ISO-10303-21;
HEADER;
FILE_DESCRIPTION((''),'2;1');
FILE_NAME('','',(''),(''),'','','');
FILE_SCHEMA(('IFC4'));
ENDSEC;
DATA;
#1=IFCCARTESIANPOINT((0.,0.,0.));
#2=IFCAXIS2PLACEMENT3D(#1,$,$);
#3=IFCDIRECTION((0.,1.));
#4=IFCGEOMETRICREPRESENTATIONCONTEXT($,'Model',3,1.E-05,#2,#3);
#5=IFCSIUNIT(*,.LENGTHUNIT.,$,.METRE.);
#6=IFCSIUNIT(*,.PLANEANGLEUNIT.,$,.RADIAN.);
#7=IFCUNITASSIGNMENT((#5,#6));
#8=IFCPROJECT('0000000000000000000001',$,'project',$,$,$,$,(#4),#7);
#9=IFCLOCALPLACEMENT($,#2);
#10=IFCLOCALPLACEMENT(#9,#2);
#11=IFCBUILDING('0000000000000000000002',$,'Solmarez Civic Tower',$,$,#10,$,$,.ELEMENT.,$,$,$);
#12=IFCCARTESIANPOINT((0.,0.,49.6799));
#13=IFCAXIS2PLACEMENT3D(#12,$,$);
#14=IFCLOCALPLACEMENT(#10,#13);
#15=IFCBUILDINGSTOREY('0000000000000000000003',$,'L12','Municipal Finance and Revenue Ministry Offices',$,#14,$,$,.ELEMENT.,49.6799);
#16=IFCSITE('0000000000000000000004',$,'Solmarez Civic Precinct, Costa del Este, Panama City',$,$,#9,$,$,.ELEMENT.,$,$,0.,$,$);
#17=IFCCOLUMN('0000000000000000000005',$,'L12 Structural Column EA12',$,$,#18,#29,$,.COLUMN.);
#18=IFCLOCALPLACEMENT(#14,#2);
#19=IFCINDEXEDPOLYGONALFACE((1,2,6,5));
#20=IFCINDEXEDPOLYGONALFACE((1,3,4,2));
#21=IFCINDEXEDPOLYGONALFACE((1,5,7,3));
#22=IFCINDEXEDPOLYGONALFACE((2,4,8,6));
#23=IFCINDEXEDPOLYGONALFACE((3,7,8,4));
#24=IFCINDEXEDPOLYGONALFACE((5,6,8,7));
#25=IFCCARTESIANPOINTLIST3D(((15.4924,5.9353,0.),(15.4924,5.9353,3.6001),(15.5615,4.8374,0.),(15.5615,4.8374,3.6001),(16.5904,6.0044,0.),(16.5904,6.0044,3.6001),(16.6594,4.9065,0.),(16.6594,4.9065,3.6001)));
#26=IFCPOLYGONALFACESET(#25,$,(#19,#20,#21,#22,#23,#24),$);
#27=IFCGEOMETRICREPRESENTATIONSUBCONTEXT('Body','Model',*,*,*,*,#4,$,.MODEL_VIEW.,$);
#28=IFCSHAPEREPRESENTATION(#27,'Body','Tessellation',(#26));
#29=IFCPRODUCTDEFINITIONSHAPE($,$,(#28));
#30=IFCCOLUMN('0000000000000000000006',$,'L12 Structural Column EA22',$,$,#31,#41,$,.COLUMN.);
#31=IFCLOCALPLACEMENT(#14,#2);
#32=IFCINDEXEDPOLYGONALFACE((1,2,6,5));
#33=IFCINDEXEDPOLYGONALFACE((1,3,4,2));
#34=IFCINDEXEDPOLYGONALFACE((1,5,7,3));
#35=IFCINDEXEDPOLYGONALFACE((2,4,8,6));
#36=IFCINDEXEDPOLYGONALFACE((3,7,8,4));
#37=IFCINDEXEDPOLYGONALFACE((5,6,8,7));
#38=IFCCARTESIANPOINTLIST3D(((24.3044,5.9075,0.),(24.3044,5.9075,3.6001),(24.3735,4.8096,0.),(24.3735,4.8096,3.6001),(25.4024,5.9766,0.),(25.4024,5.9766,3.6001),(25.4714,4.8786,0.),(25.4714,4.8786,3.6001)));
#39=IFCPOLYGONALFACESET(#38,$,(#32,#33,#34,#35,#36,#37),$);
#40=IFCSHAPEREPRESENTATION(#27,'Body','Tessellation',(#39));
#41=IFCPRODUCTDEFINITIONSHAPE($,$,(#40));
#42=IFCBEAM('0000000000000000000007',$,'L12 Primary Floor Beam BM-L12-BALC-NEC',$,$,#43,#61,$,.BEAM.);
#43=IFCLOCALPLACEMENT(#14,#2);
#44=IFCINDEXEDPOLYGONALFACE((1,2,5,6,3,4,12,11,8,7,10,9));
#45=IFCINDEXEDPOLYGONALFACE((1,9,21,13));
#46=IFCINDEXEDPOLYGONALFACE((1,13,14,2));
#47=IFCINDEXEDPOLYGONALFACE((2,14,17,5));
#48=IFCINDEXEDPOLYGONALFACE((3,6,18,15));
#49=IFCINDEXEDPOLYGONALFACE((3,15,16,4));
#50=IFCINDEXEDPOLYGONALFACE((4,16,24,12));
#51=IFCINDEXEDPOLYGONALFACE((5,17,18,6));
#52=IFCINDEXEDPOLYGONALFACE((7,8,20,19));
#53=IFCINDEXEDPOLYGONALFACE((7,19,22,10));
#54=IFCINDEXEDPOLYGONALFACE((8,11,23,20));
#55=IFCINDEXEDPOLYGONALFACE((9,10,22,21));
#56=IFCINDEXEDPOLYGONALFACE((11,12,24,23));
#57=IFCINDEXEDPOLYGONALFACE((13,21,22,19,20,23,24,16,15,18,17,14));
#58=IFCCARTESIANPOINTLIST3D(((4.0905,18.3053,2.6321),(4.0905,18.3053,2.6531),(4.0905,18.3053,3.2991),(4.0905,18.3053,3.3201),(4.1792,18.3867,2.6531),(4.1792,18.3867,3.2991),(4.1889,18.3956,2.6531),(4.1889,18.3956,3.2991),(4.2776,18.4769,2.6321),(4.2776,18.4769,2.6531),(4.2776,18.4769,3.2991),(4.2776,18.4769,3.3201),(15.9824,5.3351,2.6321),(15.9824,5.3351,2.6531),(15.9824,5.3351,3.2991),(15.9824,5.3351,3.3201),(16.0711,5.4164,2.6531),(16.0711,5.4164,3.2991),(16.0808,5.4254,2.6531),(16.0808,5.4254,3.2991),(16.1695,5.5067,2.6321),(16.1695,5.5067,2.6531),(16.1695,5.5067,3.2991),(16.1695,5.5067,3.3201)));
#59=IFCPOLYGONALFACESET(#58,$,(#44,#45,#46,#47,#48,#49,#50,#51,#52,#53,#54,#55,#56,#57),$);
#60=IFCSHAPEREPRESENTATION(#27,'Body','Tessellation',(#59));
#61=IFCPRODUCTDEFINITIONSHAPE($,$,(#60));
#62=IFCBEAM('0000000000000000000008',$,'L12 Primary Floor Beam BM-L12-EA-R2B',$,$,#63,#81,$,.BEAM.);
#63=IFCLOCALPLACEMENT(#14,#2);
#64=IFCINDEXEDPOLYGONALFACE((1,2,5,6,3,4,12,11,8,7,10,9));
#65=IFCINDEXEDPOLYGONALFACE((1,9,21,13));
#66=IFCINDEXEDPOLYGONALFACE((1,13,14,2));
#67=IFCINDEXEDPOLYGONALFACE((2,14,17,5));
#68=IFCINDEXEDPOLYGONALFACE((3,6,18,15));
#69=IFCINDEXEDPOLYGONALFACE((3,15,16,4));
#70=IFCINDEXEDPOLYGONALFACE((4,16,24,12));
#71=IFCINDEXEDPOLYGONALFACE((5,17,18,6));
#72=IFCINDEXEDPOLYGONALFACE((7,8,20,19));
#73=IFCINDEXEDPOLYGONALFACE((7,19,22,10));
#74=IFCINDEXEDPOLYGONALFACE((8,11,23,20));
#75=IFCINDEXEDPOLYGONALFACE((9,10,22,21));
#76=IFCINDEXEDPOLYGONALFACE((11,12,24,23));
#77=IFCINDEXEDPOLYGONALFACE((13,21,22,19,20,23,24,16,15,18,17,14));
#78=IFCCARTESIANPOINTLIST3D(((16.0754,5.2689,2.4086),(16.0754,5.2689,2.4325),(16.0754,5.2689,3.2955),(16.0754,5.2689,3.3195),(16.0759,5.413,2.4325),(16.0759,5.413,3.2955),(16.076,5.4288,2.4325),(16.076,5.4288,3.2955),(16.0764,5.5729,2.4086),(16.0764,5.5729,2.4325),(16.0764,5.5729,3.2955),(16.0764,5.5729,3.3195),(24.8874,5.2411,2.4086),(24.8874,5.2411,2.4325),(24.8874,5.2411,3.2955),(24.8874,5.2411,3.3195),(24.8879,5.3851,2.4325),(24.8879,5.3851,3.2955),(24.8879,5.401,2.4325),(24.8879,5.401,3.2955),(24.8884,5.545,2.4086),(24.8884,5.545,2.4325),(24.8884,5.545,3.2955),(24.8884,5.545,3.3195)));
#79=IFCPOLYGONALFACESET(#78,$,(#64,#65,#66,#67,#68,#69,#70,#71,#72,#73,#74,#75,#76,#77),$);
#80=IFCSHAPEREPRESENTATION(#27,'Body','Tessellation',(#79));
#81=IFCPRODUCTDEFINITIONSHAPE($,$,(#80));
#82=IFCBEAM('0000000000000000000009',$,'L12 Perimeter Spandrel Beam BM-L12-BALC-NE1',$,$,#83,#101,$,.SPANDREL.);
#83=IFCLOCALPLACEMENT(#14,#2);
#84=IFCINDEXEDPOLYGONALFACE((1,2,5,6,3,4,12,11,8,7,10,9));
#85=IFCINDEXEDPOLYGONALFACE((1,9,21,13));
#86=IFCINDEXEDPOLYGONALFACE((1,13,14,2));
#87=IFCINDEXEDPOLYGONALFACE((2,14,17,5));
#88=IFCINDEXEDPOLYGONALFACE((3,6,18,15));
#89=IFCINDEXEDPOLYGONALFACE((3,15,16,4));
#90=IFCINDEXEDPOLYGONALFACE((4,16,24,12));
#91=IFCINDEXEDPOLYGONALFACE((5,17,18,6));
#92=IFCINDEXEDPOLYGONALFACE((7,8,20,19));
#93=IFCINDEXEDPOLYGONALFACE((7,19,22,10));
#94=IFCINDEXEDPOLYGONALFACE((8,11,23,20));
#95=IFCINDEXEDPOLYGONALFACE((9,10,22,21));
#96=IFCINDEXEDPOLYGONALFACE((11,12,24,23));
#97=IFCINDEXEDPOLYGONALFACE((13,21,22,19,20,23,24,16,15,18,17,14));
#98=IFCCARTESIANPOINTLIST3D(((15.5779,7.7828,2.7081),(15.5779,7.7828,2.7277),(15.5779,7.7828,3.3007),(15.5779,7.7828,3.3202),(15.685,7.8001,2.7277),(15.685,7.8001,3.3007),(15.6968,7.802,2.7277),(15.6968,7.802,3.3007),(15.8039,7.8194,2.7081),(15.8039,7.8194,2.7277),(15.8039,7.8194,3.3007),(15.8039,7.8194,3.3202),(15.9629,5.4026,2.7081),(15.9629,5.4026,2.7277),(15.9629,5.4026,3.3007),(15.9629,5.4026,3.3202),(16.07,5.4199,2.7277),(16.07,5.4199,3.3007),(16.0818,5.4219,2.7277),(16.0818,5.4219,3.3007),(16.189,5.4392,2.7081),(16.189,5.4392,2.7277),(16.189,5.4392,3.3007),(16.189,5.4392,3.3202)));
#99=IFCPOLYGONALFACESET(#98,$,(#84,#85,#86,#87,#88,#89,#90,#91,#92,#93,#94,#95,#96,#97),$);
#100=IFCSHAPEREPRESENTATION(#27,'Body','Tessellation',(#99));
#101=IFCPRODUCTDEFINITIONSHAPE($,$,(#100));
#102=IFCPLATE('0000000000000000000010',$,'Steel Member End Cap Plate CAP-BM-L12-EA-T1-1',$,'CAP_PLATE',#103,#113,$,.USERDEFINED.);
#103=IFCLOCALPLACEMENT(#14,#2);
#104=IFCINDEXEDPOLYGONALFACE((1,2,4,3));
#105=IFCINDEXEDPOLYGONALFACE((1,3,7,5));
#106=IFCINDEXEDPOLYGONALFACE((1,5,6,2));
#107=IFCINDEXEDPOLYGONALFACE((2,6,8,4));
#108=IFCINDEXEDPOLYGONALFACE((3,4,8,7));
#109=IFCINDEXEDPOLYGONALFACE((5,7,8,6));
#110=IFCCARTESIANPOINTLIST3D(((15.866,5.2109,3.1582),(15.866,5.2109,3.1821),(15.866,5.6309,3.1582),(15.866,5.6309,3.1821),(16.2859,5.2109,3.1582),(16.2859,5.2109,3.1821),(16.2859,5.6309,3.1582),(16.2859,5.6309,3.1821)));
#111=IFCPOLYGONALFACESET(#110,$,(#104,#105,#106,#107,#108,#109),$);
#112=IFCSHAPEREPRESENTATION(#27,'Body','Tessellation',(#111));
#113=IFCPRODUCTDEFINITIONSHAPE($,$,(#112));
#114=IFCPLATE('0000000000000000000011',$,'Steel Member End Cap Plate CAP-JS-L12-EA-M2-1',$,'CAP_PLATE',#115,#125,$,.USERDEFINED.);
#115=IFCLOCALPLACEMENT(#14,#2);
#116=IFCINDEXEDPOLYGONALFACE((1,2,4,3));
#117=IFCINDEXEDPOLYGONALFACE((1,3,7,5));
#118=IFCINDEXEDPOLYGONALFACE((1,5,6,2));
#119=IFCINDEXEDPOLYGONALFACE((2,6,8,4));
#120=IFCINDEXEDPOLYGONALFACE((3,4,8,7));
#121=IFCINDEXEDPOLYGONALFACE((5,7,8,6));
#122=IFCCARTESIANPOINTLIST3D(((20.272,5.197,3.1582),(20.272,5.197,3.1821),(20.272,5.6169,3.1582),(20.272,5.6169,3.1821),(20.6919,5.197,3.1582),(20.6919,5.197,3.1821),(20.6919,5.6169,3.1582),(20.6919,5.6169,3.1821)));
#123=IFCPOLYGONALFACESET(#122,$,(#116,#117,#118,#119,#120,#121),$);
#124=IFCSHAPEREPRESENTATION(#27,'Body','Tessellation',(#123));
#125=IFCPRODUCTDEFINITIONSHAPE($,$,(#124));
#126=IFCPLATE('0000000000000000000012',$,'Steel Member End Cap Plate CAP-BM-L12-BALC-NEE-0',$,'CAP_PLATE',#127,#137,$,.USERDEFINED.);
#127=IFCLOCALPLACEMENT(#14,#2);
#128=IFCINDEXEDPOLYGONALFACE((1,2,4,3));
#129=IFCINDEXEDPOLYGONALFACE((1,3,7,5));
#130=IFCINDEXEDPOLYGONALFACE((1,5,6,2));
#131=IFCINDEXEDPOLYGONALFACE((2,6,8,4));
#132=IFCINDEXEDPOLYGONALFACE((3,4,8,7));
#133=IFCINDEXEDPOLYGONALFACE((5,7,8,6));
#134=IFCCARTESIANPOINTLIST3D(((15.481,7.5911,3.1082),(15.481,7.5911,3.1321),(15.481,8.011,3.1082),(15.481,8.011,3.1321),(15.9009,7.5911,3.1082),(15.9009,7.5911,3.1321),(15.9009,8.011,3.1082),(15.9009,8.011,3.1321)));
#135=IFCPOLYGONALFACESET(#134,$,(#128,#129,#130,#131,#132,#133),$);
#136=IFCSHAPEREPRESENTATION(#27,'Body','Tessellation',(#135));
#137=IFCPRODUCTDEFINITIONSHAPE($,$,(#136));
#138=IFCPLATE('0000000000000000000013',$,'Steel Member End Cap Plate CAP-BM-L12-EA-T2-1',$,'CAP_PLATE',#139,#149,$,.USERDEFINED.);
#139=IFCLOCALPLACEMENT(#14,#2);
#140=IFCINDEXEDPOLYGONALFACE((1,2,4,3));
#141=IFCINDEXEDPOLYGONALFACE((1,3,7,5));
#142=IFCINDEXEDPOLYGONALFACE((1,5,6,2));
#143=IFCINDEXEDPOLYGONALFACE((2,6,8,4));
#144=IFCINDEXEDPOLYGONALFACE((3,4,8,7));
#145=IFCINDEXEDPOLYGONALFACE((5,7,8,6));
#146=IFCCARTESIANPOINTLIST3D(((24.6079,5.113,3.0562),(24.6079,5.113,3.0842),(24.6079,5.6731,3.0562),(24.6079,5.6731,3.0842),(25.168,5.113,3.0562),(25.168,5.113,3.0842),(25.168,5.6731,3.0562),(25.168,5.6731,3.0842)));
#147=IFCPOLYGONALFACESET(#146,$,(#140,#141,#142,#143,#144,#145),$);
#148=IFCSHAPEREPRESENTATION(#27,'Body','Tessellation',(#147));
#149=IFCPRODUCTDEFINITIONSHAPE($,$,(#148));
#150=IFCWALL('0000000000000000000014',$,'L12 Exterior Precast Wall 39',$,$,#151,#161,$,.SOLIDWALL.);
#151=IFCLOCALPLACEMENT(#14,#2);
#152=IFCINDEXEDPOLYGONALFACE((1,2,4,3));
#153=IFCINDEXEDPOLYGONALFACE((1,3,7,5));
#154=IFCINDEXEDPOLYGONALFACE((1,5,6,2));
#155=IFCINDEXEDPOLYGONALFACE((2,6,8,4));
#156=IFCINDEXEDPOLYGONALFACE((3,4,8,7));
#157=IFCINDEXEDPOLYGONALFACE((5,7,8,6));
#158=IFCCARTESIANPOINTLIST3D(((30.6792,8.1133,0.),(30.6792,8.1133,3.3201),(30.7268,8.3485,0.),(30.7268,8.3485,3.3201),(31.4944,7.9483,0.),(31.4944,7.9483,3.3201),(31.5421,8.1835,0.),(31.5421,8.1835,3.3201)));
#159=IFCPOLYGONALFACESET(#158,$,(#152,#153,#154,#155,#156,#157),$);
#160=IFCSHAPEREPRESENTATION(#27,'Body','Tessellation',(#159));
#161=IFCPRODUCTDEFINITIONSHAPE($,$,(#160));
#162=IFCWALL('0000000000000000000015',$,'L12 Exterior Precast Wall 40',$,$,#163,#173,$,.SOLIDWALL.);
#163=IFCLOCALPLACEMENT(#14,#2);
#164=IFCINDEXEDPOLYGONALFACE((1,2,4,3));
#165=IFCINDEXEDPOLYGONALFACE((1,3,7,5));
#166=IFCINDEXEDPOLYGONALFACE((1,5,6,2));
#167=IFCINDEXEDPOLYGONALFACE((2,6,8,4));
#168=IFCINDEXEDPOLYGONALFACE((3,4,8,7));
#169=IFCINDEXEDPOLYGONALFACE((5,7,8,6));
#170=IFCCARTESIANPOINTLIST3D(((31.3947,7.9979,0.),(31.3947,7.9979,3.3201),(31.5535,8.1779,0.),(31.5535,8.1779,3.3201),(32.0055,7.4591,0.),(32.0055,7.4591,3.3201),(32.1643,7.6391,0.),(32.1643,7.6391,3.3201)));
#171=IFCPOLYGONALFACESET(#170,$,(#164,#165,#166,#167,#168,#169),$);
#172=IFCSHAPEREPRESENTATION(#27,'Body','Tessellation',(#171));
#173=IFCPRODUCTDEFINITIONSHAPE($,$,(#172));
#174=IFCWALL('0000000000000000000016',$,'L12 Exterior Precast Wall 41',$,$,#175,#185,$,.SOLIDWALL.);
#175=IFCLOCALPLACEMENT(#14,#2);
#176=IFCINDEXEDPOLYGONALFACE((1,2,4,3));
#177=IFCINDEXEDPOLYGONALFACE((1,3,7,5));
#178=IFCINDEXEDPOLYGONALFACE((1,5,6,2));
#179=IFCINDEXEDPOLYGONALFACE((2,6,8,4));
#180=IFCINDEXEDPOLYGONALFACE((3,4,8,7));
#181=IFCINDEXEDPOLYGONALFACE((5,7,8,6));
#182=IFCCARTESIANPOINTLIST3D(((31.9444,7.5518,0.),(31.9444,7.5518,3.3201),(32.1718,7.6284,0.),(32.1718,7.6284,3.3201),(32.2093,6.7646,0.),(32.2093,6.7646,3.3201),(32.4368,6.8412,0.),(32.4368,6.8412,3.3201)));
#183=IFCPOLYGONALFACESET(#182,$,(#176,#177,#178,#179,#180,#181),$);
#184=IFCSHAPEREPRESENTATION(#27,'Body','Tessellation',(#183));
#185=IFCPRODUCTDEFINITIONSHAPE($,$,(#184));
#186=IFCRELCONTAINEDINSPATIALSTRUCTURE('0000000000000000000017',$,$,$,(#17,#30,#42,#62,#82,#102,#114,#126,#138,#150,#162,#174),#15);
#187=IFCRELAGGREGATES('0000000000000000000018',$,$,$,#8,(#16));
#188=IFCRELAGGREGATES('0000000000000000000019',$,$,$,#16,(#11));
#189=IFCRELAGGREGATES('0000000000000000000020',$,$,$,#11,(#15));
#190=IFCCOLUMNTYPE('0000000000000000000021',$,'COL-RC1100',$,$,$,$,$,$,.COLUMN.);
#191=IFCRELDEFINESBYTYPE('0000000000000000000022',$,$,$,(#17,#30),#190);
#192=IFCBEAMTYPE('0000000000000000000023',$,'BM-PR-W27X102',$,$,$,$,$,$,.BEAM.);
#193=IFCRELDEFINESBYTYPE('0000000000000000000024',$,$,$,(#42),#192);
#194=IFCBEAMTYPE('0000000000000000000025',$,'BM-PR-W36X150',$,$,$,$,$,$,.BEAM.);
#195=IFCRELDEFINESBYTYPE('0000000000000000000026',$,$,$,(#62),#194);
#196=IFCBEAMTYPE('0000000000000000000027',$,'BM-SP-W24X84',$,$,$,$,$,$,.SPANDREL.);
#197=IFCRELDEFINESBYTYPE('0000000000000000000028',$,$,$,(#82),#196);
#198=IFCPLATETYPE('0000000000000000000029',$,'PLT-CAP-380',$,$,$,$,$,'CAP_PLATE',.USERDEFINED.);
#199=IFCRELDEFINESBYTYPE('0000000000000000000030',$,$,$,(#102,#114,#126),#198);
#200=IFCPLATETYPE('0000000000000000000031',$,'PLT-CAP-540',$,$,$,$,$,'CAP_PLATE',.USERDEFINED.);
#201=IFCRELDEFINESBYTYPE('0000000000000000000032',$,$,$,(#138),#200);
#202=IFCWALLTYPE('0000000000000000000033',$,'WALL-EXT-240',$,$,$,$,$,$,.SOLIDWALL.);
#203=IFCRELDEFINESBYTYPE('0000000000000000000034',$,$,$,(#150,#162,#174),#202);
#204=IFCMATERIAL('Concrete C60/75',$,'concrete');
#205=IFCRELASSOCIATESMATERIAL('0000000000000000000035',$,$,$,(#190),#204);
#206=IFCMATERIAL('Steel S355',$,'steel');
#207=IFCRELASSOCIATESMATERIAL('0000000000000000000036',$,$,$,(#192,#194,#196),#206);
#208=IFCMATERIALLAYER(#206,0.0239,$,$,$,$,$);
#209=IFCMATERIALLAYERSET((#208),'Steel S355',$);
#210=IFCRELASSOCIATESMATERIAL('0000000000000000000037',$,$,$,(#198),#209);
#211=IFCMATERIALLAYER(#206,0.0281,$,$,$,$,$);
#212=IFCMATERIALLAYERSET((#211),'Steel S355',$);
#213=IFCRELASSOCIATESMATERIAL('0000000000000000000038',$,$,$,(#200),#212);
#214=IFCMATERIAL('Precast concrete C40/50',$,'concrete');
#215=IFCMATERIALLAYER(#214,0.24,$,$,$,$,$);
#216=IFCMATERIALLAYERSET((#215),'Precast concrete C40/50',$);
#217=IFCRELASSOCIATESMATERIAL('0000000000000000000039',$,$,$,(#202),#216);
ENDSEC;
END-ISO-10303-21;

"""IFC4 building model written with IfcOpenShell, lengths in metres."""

from ifc_helpers import new_model, si_unit, direction, frame, frame_2d, origin, origin_2d, place, context, subcontext, project, spatial, rectangle, i_section, extrude, material, layer, layer_set, material_profile, profile_set, type_object, element, save


model = new_model("IFC4")

# Units and contexts
model_context = context("Model", 3, precision=1e-05, world=origin(), true_north=direction((0.0, 1.0)))
body_context = subcontext(model_context, "Body", "Model", "MODEL_VIEW")
ifc_project = project(units=[si_unit("LENGTHUNIT", "METRE"), si_unit("PLANEANGLEUNIT", "RADIAN")], contexts=[model_context])

# Site, building, storey
site_placement = place(None, origin())
site = spatial("IfcSite", under=ifc_project, at=site_placement, Name="Solmarez Civic Precinct, Costa del Este, Panama City", CompositionType="ELEMENT", RefElevation=0.0)
building_placement = place(site_placement, origin())
building = spatial("IfcBuilding", under=site, at=building_placement, Name="Solmarez Civic Tower", CompositionType="ELEMENT")
storey_placement = place(building_placement, frame((0.0, 0.0, 49.6799)))
storey = spatial("IfcBuildingStorey", under=building, at=storey_placement, Name="L12", Description="Municipal Finance and Revenue Ministry Offices", CompositionType="ELEMENT", Elevation=49.6799)

# Columns
ifc_material_1 = material(Name="Concrete C60/75", Category="concrete")
ifc_material_profile_1 = material_profile(ifc_material_1, rectangle(XDim=1.1001, YDim=1.1001, at=origin_2d()), Name="RC1100X1100")
ifc_profile_set_1 = profile_set([ifc_material_profile_1], Name="Concrete C60/75")
column_type = type_object("IfcColumnType", Name="COL-RC1100", PredefinedType="COLUMN", material=ifc_profile_set_1)
for number, where, z_axis, x_axis, name in (
    (1, (16.0759, 5.4209, 0.0), (0.0, 0.0, 1.0), (0.998027, 0.062791, 0.0), "L12 Structural Column EA12"),
    (2, (24.8879, 5.3931, 0.0), (0.0, 0.0, 1.0), (0.998027, 0.062791, 0.0), "L12 Structural Column EA22"),
):
    element("IfcColumn", number, at=place(storey_placement, frame(where, z_axis=z_axis, x_axis=x_axis)), inside=storey, type_object=column_type, Name=name, PredefinedType="COLUMN", context=body_context, shape_type="SweptSolid", body=[
        extrude(rectangle(XDim=1.1001, YDim=1.1001, at=origin_2d()), origin(), (0.0, 0.0, 1.0), 3.6001),
    ])

# Beams
ifc_material_2 = material(Name="Steel S355", Category="steel")
ifc_material_profile_2 = material_profile(ifc_material_2, i_section(OverallWidth=0.2539, OverallDepth=0.688, WebThickness=0.0132, FlangeThickness=0.021, at=origin_2d()), Name="W27X102")
ifc_profile_set_2 = profile_set([ifc_material_profile_2], Name="Steel S355")
beam_type_1 = type_object("IfcBeamType", Name="BM-PR-W27X102", PredefinedType="BEAM", material=ifc_profile_set_2)
beam_1_placement = place(storey_placement, frame((16.0759, 5.4209, 2.9761), z_axis=(-0.675801, 0.737084, 0.0), x_axis=(-0.737084, -0.675801, 0.0)))
element("IfcBeam", 3, at=beam_1_placement, inside=storey, type_object=beam_type_1, Name="L12 Primary Floor Beam BM-L12-BALC-NEC", PredefinedType="BEAM", context=body_context, shape_type="SweptSolid", body=[
    extrude(i_section(OverallWidth=0.2539, OverallDepth=0.688, WebThickness=0.0132, FlangeThickness=0.021, at=origin_2d()), origin(), (0.0, 0.0, 1.0), 17.5967),
])
ifc_material_profile_3 = material_profile(ifc_material_2, i_section(OverallWidth=0.304, OverallDepth=0.9109, WebThickness=0.0159, FlangeThickness=0.0239, at=origin_2d()), Name="W36X150")
ifc_profile_set_3 = profile_set([ifc_material_profile_3], Name="Steel S355")
beam_type_2 = type_object("IfcBeamType", Name="BM-PR-W36X150", PredefinedType="BEAM", material=ifc_profile_set_3)
beam_2_placement = place(storey_placement, frame((16.0759, 5.4209, 2.864), z_axis=(0.999995, -0.003158, 0.0), x_axis=(0.003158, 0.999995, 0.0)))
element("IfcBeam", 4, at=beam_2_placement, inside=storey, type_object=beam_type_2, Name="L12 Primary Floor Beam BM-L12-EA-R2B", PredefinedType="BEAM", context=body_context, shape_type="SweptSolid", body=[
    extrude(i_section(OverallWidth=0.304, OverallDepth=0.9109, WebThickness=0.0159, FlangeThickness=0.0239, at=origin_2d()), origin(), (0.0, 0.0, 1.0), 8.812),
])
ifc_material_profile_4 = material_profile(ifc_material_2, i_section(OverallWidth=0.229, OverallDepth=0.6121, WebThickness=0.012, FlangeThickness=0.0195, at=origin_2d()), Name="W24X84")
ifc_profile_set_4 = profile_set([ifc_material_profile_4], Name="Steel S355")
beam_type_3 = type_object("IfcBeamType", Name="BM-SP-W24X84", PredefinedType="SPANDREL", material=ifc_profile_set_4)
beam_3_placement = place(storey_placement, frame((16.0759, 5.4209, 3.0142), z_axis=(-0.159684, 0.987168, 0.0), x_axis=(-0.987168, -0.159684, 0.0)))
element("IfcBeam", 5, at=beam_3_placement, inside=storey, type_object=beam_type_3, Name="L12 Perimeter Spandrel Beam BM-L12-BALC-NE1", PredefinedType="SPANDREL", context=body_context, shape_type="SweptSolid", body=[
    extrude(i_section(OverallWidth=0.229, OverallDepth=0.6121, WebThickness=0.012, FlangeThickness=0.0195, at=origin_2d()), origin(), (0.0, 0.0, 1.0), 2.4111),
])

# Plates
ifc_layer_1 = layer(ifc_material_2, 0.0239)
ifc_layer_set_1 = layer_set([ifc_layer_1], Name="Steel S355")
plate_type_1 = type_object("IfcPlateType", Name="PLT-CAP-380", ElementType="CAP_PLATE", PredefinedType="USERDEFINED", material=ifc_layer_set_1)
for number, where, z_axis, x_axis, name in (
    (6, (16.0759, 5.4209, 3.1582), (0.0, 0.0, 1.0), (1.0, 0.0, 0.0), "Steel Member End Cap Plate CAP-BM-L12-EA-T1-1"),
    (7, (20.4819, 5.407, 3.1582), (0.0, 0.0, 1.0), (1.0, 0.0, 0.0), "Steel Member End Cap Plate CAP-JS-L12-EA-M2-1"),
    (8, (15.6909, 7.801, 3.1082), (0.0, 0.0, 1.0), (1.0, 0.0, 0.0), "Steel Member End Cap Plate CAP-BM-L12-BALC-NEE-0"),
):
    element("IfcPlate", number, at=place(storey_placement, frame(where, z_axis=z_axis, x_axis=x_axis)), inside=storey, type_object=plate_type_1, Name=name, ObjectType="CAP_PLATE", PredefinedType="USERDEFINED", context=body_context, shape_type="SweptSolid", body=[
        extrude(rectangle(XDim=0.4199, YDim=0.4199, at=origin_2d()), origin(), (0.0, 0.0, 1.0), 0.0239),
    ])
ifc_layer_2 = layer(ifc_material_2, 0.0281)
ifc_layer_set_2 = layer_set([ifc_layer_2], Name="Steel S355")
plate_type_2 = type_object("IfcPlateType", Name="PLT-CAP-540", ElementType="CAP_PLATE", PredefinedType="USERDEFINED", material=ifc_layer_set_2)
plate_placement = place(storey_placement, frame((24.8879, 5.3931, 3.0562), z_axis=(0.0, 0.0, 1.0), x_axis=(1.0, 0.0, 0.0)))
element("IfcPlate", 9, at=plate_placement, inside=storey, type_object=plate_type_2, Name="Steel Member End Cap Plate CAP-BM-L12-EA-T2-1", ObjectType="CAP_PLATE", PredefinedType="USERDEFINED", context=body_context, shape_type="SweptSolid", body=[
    extrude(rectangle(XDim=0.5601, YDim=0.5601, at=origin_2d()), origin(), (0.0, 0.0, 1.0), 0.0281),
])

# Walls
ifc_material_3 = material(Name="Precast concrete C40/50", Category="concrete")
ifc_layer_3 = layer(ifc_material_3, 0.24)
ifc_layer_set_3 = layer_set([ifc_layer_3], Name="Precast concrete C40/50")
wall_type_1 = type_object("IfcWallType", Name="WALL-EXT-240", PredefinedType="SOLIDWALL", material=ifc_layer_set_3)
wall_1_placement = place(storey_placement, frame((30.7029, 8.231, 0.0), z_axis=(0.0, 0.0, 1.0), x_axis=(0.980115, -0.19843, 0.0)))
element("IfcWall", 10, at=wall_1_placement, inside=storey, type_object=wall_type_1, Name="L12 Exterior Precast Wall 39", PredefinedType="SOLIDWALL", context=body_context, shape_type="SweptSolid", body=[
    extrude(rectangle(XDim=0.8318, YDim=0.24, at=frame_2d((0.416, 0.0))), origin(), (0.0, 0.0, 1.0), 3.3201),
])
wall_2_placement = place(storey_placement, frame((31.4741, 8.0879, 0.0), z_axis=(0.0, 0.0, 1.0), x_axis=(0.749934, -0.661513, 0.0)))
element("IfcWall", 11, at=wall_2_placement, inside=storey, type_object=wall_type_1, Name="L12 Exterior Precast Wall 40", PredefinedType="SOLIDWALL", context=body_context, shape_type="SweptSolid", body=[
    extrude(rectangle(XDim=0.8145, YDim=0.24, at=frame_2d((0.4072, 0.0))), origin(), (0.0, 0.0, 1.0), 3.3201),
])
wall_3_placement = place(storey_placement, frame((32.0581, 7.5901, 0.0), z_axis=(0.0, 0.0, 1.0), x_axis=(0.31896, -0.947768, 0.0)))
element("IfcWall", 12, at=wall_3_placement, inside=storey, type_object=wall_type_1, Name="L12 Exterior Precast Wall 41", PredefinedType="SOLIDWALL", context=body_context, shape_type="SweptSolid", body=[
    extrude(rectangle(XDim=0.8306, YDim=0.24, at=frame_2d((0.4153, 0.0))), origin(), (0.0, 0.0, 1.0), 3.3201),
])

save(model, "model.ifc")
